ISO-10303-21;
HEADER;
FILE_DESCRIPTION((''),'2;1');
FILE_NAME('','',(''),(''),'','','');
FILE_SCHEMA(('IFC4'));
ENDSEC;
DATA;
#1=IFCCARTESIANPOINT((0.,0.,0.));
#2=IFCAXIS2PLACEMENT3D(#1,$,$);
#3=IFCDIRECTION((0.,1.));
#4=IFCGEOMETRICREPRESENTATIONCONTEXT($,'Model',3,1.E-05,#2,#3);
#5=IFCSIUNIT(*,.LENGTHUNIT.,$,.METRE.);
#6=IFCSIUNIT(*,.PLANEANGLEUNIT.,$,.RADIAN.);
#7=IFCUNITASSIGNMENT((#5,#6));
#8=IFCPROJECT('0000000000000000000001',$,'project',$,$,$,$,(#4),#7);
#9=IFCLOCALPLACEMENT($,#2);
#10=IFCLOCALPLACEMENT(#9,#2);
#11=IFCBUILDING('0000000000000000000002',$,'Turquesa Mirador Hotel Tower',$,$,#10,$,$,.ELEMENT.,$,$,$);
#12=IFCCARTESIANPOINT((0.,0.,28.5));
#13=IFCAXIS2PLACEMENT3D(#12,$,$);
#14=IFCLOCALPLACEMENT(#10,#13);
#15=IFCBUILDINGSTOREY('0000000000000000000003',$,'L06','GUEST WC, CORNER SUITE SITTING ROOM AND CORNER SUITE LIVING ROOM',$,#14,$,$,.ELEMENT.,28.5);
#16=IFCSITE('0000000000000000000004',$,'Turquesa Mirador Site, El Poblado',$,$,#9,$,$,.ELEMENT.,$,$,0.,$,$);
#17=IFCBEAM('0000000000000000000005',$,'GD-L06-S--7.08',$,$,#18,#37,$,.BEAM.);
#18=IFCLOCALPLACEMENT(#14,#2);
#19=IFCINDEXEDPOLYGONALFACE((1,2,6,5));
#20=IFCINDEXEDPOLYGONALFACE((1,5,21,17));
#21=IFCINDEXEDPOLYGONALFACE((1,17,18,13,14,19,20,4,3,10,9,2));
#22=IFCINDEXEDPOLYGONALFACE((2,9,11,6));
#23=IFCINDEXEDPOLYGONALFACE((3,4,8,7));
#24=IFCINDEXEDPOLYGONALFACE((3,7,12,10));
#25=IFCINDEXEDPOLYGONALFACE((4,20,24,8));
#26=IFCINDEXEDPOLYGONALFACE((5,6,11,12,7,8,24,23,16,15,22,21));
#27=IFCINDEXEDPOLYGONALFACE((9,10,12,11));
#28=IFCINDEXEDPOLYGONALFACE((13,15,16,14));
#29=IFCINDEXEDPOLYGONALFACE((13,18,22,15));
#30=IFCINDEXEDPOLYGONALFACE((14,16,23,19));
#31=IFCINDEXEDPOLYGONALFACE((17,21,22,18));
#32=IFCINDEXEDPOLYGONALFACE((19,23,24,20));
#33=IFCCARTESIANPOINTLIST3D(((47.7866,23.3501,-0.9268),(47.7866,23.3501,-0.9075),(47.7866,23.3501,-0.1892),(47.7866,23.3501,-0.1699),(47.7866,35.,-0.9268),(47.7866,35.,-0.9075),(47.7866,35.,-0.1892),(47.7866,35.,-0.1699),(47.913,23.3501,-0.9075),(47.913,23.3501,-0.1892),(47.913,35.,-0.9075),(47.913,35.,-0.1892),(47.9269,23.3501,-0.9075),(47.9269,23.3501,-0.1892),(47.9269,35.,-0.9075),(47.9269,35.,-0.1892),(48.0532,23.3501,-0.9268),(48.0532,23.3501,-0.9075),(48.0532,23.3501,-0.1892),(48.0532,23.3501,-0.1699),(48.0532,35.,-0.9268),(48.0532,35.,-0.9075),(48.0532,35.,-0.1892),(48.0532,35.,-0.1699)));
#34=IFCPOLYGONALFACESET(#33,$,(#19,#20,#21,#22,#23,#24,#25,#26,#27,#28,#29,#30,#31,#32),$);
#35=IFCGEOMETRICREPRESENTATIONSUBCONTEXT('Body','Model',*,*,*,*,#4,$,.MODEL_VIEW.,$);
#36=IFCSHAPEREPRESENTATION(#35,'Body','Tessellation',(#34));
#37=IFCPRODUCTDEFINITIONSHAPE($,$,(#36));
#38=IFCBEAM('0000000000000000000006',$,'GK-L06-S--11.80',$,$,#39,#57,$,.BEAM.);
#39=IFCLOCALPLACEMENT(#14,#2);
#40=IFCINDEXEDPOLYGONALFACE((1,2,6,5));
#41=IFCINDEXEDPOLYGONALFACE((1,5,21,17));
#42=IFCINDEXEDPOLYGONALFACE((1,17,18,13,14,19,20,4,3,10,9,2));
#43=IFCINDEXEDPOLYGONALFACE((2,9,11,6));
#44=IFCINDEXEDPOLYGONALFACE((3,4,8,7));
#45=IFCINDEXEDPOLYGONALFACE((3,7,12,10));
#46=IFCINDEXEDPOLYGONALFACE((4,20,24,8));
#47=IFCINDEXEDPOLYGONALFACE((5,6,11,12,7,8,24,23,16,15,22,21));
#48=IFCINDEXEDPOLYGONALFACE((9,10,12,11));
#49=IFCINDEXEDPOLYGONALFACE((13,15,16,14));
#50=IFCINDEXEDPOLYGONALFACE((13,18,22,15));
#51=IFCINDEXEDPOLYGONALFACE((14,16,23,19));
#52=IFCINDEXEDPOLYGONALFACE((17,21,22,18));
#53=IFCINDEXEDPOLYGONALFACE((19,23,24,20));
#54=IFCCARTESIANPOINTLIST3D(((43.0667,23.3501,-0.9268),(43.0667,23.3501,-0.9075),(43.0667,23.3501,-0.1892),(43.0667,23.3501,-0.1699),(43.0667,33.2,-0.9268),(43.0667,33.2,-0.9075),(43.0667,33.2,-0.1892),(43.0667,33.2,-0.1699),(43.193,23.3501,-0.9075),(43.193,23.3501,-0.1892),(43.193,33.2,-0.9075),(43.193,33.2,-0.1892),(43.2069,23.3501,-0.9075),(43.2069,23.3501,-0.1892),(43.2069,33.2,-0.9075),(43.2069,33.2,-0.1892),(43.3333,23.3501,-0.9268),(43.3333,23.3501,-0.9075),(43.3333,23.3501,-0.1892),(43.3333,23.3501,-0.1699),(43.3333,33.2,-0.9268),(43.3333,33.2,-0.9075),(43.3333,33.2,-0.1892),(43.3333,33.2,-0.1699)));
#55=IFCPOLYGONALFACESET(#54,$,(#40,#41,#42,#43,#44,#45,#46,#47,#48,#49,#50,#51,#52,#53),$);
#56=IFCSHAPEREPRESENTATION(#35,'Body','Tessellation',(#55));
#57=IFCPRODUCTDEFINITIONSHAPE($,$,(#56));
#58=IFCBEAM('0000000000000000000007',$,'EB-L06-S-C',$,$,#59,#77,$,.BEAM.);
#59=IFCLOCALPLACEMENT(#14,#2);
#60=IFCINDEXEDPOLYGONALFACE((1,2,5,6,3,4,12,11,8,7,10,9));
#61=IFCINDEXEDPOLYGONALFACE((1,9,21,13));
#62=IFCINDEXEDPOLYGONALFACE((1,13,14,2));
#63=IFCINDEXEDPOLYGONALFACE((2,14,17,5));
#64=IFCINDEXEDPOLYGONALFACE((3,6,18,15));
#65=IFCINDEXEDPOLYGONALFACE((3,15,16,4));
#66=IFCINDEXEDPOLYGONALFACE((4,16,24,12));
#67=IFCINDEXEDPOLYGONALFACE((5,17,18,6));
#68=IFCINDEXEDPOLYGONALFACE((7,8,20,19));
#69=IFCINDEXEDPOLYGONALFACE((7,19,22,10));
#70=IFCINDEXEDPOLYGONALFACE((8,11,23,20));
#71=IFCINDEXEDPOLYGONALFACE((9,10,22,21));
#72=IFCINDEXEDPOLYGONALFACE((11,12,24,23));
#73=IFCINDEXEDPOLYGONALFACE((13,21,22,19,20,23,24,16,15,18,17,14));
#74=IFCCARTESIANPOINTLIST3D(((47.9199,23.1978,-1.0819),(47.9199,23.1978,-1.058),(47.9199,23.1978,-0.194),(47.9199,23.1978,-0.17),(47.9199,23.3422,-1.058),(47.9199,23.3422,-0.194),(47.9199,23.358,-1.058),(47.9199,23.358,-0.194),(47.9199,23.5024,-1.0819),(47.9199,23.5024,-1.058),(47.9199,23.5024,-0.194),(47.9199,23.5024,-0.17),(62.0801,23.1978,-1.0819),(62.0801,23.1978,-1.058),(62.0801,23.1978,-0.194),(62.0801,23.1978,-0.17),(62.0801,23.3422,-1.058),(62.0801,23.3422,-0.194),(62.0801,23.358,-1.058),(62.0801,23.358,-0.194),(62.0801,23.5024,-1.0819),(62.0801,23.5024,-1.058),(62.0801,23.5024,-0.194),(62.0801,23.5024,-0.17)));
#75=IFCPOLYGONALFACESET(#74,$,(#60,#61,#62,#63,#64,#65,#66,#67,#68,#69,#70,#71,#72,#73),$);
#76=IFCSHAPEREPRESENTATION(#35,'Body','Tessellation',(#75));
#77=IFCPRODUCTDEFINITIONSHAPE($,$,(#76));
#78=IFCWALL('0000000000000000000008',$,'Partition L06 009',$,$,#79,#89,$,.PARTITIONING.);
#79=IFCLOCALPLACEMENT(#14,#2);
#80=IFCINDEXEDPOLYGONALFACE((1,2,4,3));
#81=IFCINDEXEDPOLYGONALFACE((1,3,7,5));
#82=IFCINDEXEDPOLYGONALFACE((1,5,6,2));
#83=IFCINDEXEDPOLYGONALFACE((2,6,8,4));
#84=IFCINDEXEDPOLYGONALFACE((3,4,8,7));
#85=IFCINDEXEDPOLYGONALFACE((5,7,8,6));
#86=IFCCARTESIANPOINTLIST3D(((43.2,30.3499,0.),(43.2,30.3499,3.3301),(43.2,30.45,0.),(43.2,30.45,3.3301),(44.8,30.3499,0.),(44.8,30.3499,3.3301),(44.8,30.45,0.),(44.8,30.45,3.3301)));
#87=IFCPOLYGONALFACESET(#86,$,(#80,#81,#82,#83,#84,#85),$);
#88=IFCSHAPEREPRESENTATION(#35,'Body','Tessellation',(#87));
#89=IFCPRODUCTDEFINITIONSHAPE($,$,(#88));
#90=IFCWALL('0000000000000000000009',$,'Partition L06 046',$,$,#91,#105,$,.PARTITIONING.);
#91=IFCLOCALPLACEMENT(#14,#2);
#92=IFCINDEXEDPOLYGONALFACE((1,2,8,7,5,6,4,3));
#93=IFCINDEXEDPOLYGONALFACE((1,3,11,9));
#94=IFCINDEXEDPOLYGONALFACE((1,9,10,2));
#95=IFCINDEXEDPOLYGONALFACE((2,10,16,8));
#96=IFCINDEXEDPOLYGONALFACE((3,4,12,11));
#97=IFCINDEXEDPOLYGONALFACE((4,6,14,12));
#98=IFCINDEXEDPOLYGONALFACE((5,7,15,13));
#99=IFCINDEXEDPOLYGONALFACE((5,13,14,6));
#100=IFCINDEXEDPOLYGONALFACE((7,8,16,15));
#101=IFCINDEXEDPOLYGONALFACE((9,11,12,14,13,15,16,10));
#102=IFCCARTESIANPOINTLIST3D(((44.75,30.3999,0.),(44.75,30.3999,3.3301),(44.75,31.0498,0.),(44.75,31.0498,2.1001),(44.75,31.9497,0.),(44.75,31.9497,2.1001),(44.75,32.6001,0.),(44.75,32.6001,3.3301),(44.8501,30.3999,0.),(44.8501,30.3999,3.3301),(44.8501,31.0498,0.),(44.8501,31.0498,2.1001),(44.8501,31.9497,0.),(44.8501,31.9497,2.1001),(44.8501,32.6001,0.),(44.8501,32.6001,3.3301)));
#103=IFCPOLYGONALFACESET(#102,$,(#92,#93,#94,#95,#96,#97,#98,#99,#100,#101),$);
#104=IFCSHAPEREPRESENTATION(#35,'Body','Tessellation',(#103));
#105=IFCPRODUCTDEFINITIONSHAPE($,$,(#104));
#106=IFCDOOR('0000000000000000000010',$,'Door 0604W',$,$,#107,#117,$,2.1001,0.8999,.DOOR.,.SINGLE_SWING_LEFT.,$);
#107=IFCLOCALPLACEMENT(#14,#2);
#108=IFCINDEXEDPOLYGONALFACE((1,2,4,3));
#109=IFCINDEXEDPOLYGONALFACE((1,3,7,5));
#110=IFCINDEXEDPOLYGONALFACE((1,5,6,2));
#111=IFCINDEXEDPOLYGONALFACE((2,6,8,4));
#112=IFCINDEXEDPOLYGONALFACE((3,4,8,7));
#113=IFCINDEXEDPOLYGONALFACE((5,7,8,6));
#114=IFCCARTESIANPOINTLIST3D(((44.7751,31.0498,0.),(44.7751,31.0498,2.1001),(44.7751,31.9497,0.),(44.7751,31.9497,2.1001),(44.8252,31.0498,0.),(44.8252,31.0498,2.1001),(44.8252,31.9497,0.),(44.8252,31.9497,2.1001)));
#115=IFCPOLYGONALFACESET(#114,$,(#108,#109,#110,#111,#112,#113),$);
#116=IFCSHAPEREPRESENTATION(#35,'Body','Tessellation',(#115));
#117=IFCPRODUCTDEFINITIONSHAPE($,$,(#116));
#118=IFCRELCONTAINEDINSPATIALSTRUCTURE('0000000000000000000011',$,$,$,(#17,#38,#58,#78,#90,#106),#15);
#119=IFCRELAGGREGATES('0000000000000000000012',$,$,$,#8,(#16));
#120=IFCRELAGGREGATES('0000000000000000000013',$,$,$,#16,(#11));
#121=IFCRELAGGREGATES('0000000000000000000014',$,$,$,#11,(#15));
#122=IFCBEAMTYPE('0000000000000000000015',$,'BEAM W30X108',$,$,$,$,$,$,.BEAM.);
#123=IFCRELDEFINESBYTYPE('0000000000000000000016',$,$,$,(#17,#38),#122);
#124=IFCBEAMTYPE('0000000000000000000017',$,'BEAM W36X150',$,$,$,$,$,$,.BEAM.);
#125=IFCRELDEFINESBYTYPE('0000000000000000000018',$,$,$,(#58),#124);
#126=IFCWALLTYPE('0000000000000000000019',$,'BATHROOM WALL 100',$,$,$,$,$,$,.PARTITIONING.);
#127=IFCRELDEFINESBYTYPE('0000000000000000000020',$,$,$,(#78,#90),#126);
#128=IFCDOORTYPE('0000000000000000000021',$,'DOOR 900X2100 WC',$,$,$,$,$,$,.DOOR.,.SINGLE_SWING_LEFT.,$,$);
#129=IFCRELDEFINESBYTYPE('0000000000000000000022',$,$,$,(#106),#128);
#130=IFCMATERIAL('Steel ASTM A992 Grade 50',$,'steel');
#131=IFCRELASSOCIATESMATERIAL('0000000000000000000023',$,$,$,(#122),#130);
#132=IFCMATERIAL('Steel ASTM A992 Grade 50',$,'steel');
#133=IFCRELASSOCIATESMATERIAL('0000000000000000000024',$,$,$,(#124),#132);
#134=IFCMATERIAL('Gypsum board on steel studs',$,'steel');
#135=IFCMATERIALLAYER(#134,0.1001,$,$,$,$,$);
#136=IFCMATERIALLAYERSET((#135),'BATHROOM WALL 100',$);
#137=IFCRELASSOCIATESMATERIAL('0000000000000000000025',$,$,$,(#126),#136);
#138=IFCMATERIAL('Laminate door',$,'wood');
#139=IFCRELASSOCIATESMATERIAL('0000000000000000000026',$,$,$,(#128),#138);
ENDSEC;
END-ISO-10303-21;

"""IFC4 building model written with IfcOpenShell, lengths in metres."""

from ifc_helpers import new_model, si_unit, direction, frame, frame_2d, origin, origin_2d, place, context, subcontext, project, spatial, rectangle, i_section, extrude, material, layer, layer_set, material_profile, profile_set, type_object, element, fill, save


model = new_model("IFC4")

# Units and contexts
model_context = context("Model", 3, precision=1e-05, world=origin(), true_north=direction((0.0, 1.0)))
body_context = subcontext(model_context, "Body", "Model", "MODEL_VIEW")
ifc_project = project(units=[si_unit("LENGTHUNIT", "METRE"), si_unit("PLANEANGLEUNIT", "RADIAN")], contexts=[model_context])

# Site, building, storey
site_placement = place(None, origin())
site = spatial("IfcSite", under=ifc_project, at=site_placement, Name="Turquesa Mirador Site, El Poblado", CompositionType="ELEMENT", RefElevation=0.0)
building_placement = place(site_placement, origin())
building = spatial("IfcBuilding", under=site, at=building_placement, Name="Turquesa Mirador Hotel Tower", CompositionType="ELEMENT")
storey_placement = place(building_placement, frame((0.0, 0.0, 28.5)))
storey = spatial("IfcBuildingStorey", under=building, at=storey_placement, Name="L06", Description="GUEST WC, CORNER SUITE SITTING ROOM AND CORNER SUITE LIVING ROOM", CompositionType="ELEMENT", Elevation=28.5)

# Beams
ifc_material_1 = material(Name="Steel ASTM A992 Grade 50", Category="steel")
ifc_material_profile_1 = material_profile(ifc_material_1, i_section(OverallWidth=0.2666, OverallDepth=0.7568, WebThickness=0.0139, FlangeThickness=0.0193, at=origin_2d()), Name="W30X108")
ifc_profile_set_1 = profile_set([ifc_material_profile_1], Name="Steel ASTM A992 Grade 50")
beam_type_1 = type_object("IfcBeamType", Name="BEAM W30X108", PredefinedType="BEAM", material=ifc_profile_set_1)
beam_1_placement = place(storey_placement, frame((47.9199, 23.3501, -0.5483), z_axis=(0.0, 1.0, 0.0), x_axis=(-1.0, 0.0, 0.0)))
element("IfcBeam", 1, at=beam_1_placement, inside=storey, type_object=beam_type_1, Name="GD-L06-S--7.08", PredefinedType="BEAM", context=body_context, shape_type="SweptSolid", body=[
    extrude(i_section(OverallWidth=0.2666, OverallDepth=0.7568, WebThickness=0.0139, FlangeThickness=0.0193, at=origin_2d()), origin(), (0.0, 0.0, 1.0), 11.6499),
])
beam_2_placement = place(storey_placement, frame((43.2, 23.3501, -0.5483), z_axis=(0.0, 1.0, 0.0), x_axis=(-1.0, 0.0, 0.0)))
element("IfcBeam", 2, at=beam_2_placement, inside=storey, type_object=beam_type_1, Name="GK-L06-S--11.80", PredefinedType="BEAM", context=body_context, shape_type="SweptSolid", body=[
    extrude(i_section(OverallWidth=0.2666, OverallDepth=0.7568, WebThickness=0.0139, FlangeThickness=0.0193, at=origin_2d()), origin(), (0.0, 0.0, 1.0), 9.8499),
])
ifc_material_2 = material(Name="Steel ASTM A992 Grade 50", Category="steel")
ifc_material_profile_2 = material_profile(ifc_material_2, i_section(OverallWidth=0.3047, OverallDepth=0.9119, WebThickness=0.0159, FlangeThickness=0.0239, at=origin_2d()), Name="W36X150")
ifc_profile_set_2 = profile_set([ifc_material_profile_2], Name="Steel ASTM A992 Grade 50")
beam_type_2 = type_object("IfcBeamType", Name="BEAM W36X150", PredefinedType="BEAM", material=ifc_profile_set_2)
beam_3_placement = place(storey_placement, frame((47.9199, 23.3501, -0.626), z_axis=(1.0, 0.0, 0.0), x_axis=(0.0, 1.0, 0.0)))
element("IfcBeam", 3, at=beam_3_placement, inside=storey, type_object=beam_type_2, Name="EB-L06-S-C", PredefinedType="BEAM", context=body_context, shape_type="SweptSolid", body=[
    extrude(i_section(OverallWidth=0.3047, OverallDepth=0.9119, WebThickness=0.0159, FlangeThickness=0.0239, at=origin_2d()), origin(), (0.0, 0.0, 1.0), 14.1602),
])

# Wall
ifc_material_3 = material(Name="Gypsum board on steel studs", Category="steel")
ifc_layer_1 = layer(ifc_material_3, 0.1001)
ifc_layer_set_1 = layer_set([ifc_layer_1], Name="BATHROOM WALL 100")
wall_type_1 = type_object("IfcWallType", Name="BATHROOM WALL 100", PredefinedType="PARTITIONING", material=ifc_layer_set_1)
wall_1_placement = place(storey_placement, frame((43.2, 30.3999, 0.0), z_axis=(0.0, 0.0, 1.0), x_axis=(1.0, 0.0, 0.0)))
element("IfcWall", 4, at=wall_1_placement, inside=storey, type_object=wall_type_1, Name="Partition L06 009", PredefinedType="PARTITIONING", context=body_context, shape_type="SweptSolid", body=[
    extrude(rectangle(XDim=1.6001, YDim=0.1001, at=frame_2d((0.8, 0.0))), origin(), (0.0, 0.0, 1.0), 3.3301),
])

# Wall, opening, door
wall_2_placement = place(storey_placement, frame((44.8, 30.3999, 0.0), z_axis=(0.0, 0.0, 1.0), x_axis=(0.0, 1.0, 0.0)))
wall_2 = element("IfcWall", 5, at=wall_2_placement, inside=storey, type_object=wall_type_1, Name="Partition L06 046", PredefinedType="PARTITIONING", context=body_context, shape_type="SweptSolid", body=[
    extrude(rectangle(XDim=2.2002, YDim=0.1001, at=frame_2d((1.1001, 0.0))), origin(), (0.0, 0.0, 1.0), 3.3301),
])
opening_1_placement = place(wall_2_placement, frame((0.6499, 0.0, 0.0)))
opening_1 = element("IfcOpeningElement", 6, at=opening_1_placement, cuts=wall_2, PredefinedType="OPENING", context=body_context, shape_type="SweptSolid", body=[
    extrude(rectangle(XDim=0.8999, YDim=2.1001, at=frame_2d((0.45, 1.05))), frame((0.0, 0.0601, 0.0), z_axis=(0.0, -1.0, 0.0), x_axis=(1.0, 0.0, 0.0)), (0.0, 0.0, 1.0), 0.1201),
])
ifc_material_4 = material(Name="Laminate door", Category="wood")
door_type_1 = type_object("IfcDoorType", Name="DOOR 900X2100 WC", OperationType="SINGLE_SWING_LEFT", PredefinedType="DOOR", material=ifc_material_4)
door_1_placement = place(opening_1_placement, origin())
door_1 = element("IfcDoor", 7, at=door_1_placement, inside=storey, type_object=door_type_1, Name="Door 0604W", OperationType="SINGLE_SWING_LEFT", OverallHeight=2.1001, OverallWidth=0.8999, PredefinedType="DOOR", context=body_context, shape_type="SweptSolid", body=[
    extrude(rectangle(XDim=0.8999, YDim=2.1001, at=frame_2d((0.45, 1.05))), frame((0.0, 0.0249, 0.0), z_axis=(0.0, -1.0, 0.0), x_axis=(1.0, 0.0, 0.0)), (0.0, 0.0, 1.0), 0.05),
])
fill(opening_1, door_1)

save(model, "model.ifc")
